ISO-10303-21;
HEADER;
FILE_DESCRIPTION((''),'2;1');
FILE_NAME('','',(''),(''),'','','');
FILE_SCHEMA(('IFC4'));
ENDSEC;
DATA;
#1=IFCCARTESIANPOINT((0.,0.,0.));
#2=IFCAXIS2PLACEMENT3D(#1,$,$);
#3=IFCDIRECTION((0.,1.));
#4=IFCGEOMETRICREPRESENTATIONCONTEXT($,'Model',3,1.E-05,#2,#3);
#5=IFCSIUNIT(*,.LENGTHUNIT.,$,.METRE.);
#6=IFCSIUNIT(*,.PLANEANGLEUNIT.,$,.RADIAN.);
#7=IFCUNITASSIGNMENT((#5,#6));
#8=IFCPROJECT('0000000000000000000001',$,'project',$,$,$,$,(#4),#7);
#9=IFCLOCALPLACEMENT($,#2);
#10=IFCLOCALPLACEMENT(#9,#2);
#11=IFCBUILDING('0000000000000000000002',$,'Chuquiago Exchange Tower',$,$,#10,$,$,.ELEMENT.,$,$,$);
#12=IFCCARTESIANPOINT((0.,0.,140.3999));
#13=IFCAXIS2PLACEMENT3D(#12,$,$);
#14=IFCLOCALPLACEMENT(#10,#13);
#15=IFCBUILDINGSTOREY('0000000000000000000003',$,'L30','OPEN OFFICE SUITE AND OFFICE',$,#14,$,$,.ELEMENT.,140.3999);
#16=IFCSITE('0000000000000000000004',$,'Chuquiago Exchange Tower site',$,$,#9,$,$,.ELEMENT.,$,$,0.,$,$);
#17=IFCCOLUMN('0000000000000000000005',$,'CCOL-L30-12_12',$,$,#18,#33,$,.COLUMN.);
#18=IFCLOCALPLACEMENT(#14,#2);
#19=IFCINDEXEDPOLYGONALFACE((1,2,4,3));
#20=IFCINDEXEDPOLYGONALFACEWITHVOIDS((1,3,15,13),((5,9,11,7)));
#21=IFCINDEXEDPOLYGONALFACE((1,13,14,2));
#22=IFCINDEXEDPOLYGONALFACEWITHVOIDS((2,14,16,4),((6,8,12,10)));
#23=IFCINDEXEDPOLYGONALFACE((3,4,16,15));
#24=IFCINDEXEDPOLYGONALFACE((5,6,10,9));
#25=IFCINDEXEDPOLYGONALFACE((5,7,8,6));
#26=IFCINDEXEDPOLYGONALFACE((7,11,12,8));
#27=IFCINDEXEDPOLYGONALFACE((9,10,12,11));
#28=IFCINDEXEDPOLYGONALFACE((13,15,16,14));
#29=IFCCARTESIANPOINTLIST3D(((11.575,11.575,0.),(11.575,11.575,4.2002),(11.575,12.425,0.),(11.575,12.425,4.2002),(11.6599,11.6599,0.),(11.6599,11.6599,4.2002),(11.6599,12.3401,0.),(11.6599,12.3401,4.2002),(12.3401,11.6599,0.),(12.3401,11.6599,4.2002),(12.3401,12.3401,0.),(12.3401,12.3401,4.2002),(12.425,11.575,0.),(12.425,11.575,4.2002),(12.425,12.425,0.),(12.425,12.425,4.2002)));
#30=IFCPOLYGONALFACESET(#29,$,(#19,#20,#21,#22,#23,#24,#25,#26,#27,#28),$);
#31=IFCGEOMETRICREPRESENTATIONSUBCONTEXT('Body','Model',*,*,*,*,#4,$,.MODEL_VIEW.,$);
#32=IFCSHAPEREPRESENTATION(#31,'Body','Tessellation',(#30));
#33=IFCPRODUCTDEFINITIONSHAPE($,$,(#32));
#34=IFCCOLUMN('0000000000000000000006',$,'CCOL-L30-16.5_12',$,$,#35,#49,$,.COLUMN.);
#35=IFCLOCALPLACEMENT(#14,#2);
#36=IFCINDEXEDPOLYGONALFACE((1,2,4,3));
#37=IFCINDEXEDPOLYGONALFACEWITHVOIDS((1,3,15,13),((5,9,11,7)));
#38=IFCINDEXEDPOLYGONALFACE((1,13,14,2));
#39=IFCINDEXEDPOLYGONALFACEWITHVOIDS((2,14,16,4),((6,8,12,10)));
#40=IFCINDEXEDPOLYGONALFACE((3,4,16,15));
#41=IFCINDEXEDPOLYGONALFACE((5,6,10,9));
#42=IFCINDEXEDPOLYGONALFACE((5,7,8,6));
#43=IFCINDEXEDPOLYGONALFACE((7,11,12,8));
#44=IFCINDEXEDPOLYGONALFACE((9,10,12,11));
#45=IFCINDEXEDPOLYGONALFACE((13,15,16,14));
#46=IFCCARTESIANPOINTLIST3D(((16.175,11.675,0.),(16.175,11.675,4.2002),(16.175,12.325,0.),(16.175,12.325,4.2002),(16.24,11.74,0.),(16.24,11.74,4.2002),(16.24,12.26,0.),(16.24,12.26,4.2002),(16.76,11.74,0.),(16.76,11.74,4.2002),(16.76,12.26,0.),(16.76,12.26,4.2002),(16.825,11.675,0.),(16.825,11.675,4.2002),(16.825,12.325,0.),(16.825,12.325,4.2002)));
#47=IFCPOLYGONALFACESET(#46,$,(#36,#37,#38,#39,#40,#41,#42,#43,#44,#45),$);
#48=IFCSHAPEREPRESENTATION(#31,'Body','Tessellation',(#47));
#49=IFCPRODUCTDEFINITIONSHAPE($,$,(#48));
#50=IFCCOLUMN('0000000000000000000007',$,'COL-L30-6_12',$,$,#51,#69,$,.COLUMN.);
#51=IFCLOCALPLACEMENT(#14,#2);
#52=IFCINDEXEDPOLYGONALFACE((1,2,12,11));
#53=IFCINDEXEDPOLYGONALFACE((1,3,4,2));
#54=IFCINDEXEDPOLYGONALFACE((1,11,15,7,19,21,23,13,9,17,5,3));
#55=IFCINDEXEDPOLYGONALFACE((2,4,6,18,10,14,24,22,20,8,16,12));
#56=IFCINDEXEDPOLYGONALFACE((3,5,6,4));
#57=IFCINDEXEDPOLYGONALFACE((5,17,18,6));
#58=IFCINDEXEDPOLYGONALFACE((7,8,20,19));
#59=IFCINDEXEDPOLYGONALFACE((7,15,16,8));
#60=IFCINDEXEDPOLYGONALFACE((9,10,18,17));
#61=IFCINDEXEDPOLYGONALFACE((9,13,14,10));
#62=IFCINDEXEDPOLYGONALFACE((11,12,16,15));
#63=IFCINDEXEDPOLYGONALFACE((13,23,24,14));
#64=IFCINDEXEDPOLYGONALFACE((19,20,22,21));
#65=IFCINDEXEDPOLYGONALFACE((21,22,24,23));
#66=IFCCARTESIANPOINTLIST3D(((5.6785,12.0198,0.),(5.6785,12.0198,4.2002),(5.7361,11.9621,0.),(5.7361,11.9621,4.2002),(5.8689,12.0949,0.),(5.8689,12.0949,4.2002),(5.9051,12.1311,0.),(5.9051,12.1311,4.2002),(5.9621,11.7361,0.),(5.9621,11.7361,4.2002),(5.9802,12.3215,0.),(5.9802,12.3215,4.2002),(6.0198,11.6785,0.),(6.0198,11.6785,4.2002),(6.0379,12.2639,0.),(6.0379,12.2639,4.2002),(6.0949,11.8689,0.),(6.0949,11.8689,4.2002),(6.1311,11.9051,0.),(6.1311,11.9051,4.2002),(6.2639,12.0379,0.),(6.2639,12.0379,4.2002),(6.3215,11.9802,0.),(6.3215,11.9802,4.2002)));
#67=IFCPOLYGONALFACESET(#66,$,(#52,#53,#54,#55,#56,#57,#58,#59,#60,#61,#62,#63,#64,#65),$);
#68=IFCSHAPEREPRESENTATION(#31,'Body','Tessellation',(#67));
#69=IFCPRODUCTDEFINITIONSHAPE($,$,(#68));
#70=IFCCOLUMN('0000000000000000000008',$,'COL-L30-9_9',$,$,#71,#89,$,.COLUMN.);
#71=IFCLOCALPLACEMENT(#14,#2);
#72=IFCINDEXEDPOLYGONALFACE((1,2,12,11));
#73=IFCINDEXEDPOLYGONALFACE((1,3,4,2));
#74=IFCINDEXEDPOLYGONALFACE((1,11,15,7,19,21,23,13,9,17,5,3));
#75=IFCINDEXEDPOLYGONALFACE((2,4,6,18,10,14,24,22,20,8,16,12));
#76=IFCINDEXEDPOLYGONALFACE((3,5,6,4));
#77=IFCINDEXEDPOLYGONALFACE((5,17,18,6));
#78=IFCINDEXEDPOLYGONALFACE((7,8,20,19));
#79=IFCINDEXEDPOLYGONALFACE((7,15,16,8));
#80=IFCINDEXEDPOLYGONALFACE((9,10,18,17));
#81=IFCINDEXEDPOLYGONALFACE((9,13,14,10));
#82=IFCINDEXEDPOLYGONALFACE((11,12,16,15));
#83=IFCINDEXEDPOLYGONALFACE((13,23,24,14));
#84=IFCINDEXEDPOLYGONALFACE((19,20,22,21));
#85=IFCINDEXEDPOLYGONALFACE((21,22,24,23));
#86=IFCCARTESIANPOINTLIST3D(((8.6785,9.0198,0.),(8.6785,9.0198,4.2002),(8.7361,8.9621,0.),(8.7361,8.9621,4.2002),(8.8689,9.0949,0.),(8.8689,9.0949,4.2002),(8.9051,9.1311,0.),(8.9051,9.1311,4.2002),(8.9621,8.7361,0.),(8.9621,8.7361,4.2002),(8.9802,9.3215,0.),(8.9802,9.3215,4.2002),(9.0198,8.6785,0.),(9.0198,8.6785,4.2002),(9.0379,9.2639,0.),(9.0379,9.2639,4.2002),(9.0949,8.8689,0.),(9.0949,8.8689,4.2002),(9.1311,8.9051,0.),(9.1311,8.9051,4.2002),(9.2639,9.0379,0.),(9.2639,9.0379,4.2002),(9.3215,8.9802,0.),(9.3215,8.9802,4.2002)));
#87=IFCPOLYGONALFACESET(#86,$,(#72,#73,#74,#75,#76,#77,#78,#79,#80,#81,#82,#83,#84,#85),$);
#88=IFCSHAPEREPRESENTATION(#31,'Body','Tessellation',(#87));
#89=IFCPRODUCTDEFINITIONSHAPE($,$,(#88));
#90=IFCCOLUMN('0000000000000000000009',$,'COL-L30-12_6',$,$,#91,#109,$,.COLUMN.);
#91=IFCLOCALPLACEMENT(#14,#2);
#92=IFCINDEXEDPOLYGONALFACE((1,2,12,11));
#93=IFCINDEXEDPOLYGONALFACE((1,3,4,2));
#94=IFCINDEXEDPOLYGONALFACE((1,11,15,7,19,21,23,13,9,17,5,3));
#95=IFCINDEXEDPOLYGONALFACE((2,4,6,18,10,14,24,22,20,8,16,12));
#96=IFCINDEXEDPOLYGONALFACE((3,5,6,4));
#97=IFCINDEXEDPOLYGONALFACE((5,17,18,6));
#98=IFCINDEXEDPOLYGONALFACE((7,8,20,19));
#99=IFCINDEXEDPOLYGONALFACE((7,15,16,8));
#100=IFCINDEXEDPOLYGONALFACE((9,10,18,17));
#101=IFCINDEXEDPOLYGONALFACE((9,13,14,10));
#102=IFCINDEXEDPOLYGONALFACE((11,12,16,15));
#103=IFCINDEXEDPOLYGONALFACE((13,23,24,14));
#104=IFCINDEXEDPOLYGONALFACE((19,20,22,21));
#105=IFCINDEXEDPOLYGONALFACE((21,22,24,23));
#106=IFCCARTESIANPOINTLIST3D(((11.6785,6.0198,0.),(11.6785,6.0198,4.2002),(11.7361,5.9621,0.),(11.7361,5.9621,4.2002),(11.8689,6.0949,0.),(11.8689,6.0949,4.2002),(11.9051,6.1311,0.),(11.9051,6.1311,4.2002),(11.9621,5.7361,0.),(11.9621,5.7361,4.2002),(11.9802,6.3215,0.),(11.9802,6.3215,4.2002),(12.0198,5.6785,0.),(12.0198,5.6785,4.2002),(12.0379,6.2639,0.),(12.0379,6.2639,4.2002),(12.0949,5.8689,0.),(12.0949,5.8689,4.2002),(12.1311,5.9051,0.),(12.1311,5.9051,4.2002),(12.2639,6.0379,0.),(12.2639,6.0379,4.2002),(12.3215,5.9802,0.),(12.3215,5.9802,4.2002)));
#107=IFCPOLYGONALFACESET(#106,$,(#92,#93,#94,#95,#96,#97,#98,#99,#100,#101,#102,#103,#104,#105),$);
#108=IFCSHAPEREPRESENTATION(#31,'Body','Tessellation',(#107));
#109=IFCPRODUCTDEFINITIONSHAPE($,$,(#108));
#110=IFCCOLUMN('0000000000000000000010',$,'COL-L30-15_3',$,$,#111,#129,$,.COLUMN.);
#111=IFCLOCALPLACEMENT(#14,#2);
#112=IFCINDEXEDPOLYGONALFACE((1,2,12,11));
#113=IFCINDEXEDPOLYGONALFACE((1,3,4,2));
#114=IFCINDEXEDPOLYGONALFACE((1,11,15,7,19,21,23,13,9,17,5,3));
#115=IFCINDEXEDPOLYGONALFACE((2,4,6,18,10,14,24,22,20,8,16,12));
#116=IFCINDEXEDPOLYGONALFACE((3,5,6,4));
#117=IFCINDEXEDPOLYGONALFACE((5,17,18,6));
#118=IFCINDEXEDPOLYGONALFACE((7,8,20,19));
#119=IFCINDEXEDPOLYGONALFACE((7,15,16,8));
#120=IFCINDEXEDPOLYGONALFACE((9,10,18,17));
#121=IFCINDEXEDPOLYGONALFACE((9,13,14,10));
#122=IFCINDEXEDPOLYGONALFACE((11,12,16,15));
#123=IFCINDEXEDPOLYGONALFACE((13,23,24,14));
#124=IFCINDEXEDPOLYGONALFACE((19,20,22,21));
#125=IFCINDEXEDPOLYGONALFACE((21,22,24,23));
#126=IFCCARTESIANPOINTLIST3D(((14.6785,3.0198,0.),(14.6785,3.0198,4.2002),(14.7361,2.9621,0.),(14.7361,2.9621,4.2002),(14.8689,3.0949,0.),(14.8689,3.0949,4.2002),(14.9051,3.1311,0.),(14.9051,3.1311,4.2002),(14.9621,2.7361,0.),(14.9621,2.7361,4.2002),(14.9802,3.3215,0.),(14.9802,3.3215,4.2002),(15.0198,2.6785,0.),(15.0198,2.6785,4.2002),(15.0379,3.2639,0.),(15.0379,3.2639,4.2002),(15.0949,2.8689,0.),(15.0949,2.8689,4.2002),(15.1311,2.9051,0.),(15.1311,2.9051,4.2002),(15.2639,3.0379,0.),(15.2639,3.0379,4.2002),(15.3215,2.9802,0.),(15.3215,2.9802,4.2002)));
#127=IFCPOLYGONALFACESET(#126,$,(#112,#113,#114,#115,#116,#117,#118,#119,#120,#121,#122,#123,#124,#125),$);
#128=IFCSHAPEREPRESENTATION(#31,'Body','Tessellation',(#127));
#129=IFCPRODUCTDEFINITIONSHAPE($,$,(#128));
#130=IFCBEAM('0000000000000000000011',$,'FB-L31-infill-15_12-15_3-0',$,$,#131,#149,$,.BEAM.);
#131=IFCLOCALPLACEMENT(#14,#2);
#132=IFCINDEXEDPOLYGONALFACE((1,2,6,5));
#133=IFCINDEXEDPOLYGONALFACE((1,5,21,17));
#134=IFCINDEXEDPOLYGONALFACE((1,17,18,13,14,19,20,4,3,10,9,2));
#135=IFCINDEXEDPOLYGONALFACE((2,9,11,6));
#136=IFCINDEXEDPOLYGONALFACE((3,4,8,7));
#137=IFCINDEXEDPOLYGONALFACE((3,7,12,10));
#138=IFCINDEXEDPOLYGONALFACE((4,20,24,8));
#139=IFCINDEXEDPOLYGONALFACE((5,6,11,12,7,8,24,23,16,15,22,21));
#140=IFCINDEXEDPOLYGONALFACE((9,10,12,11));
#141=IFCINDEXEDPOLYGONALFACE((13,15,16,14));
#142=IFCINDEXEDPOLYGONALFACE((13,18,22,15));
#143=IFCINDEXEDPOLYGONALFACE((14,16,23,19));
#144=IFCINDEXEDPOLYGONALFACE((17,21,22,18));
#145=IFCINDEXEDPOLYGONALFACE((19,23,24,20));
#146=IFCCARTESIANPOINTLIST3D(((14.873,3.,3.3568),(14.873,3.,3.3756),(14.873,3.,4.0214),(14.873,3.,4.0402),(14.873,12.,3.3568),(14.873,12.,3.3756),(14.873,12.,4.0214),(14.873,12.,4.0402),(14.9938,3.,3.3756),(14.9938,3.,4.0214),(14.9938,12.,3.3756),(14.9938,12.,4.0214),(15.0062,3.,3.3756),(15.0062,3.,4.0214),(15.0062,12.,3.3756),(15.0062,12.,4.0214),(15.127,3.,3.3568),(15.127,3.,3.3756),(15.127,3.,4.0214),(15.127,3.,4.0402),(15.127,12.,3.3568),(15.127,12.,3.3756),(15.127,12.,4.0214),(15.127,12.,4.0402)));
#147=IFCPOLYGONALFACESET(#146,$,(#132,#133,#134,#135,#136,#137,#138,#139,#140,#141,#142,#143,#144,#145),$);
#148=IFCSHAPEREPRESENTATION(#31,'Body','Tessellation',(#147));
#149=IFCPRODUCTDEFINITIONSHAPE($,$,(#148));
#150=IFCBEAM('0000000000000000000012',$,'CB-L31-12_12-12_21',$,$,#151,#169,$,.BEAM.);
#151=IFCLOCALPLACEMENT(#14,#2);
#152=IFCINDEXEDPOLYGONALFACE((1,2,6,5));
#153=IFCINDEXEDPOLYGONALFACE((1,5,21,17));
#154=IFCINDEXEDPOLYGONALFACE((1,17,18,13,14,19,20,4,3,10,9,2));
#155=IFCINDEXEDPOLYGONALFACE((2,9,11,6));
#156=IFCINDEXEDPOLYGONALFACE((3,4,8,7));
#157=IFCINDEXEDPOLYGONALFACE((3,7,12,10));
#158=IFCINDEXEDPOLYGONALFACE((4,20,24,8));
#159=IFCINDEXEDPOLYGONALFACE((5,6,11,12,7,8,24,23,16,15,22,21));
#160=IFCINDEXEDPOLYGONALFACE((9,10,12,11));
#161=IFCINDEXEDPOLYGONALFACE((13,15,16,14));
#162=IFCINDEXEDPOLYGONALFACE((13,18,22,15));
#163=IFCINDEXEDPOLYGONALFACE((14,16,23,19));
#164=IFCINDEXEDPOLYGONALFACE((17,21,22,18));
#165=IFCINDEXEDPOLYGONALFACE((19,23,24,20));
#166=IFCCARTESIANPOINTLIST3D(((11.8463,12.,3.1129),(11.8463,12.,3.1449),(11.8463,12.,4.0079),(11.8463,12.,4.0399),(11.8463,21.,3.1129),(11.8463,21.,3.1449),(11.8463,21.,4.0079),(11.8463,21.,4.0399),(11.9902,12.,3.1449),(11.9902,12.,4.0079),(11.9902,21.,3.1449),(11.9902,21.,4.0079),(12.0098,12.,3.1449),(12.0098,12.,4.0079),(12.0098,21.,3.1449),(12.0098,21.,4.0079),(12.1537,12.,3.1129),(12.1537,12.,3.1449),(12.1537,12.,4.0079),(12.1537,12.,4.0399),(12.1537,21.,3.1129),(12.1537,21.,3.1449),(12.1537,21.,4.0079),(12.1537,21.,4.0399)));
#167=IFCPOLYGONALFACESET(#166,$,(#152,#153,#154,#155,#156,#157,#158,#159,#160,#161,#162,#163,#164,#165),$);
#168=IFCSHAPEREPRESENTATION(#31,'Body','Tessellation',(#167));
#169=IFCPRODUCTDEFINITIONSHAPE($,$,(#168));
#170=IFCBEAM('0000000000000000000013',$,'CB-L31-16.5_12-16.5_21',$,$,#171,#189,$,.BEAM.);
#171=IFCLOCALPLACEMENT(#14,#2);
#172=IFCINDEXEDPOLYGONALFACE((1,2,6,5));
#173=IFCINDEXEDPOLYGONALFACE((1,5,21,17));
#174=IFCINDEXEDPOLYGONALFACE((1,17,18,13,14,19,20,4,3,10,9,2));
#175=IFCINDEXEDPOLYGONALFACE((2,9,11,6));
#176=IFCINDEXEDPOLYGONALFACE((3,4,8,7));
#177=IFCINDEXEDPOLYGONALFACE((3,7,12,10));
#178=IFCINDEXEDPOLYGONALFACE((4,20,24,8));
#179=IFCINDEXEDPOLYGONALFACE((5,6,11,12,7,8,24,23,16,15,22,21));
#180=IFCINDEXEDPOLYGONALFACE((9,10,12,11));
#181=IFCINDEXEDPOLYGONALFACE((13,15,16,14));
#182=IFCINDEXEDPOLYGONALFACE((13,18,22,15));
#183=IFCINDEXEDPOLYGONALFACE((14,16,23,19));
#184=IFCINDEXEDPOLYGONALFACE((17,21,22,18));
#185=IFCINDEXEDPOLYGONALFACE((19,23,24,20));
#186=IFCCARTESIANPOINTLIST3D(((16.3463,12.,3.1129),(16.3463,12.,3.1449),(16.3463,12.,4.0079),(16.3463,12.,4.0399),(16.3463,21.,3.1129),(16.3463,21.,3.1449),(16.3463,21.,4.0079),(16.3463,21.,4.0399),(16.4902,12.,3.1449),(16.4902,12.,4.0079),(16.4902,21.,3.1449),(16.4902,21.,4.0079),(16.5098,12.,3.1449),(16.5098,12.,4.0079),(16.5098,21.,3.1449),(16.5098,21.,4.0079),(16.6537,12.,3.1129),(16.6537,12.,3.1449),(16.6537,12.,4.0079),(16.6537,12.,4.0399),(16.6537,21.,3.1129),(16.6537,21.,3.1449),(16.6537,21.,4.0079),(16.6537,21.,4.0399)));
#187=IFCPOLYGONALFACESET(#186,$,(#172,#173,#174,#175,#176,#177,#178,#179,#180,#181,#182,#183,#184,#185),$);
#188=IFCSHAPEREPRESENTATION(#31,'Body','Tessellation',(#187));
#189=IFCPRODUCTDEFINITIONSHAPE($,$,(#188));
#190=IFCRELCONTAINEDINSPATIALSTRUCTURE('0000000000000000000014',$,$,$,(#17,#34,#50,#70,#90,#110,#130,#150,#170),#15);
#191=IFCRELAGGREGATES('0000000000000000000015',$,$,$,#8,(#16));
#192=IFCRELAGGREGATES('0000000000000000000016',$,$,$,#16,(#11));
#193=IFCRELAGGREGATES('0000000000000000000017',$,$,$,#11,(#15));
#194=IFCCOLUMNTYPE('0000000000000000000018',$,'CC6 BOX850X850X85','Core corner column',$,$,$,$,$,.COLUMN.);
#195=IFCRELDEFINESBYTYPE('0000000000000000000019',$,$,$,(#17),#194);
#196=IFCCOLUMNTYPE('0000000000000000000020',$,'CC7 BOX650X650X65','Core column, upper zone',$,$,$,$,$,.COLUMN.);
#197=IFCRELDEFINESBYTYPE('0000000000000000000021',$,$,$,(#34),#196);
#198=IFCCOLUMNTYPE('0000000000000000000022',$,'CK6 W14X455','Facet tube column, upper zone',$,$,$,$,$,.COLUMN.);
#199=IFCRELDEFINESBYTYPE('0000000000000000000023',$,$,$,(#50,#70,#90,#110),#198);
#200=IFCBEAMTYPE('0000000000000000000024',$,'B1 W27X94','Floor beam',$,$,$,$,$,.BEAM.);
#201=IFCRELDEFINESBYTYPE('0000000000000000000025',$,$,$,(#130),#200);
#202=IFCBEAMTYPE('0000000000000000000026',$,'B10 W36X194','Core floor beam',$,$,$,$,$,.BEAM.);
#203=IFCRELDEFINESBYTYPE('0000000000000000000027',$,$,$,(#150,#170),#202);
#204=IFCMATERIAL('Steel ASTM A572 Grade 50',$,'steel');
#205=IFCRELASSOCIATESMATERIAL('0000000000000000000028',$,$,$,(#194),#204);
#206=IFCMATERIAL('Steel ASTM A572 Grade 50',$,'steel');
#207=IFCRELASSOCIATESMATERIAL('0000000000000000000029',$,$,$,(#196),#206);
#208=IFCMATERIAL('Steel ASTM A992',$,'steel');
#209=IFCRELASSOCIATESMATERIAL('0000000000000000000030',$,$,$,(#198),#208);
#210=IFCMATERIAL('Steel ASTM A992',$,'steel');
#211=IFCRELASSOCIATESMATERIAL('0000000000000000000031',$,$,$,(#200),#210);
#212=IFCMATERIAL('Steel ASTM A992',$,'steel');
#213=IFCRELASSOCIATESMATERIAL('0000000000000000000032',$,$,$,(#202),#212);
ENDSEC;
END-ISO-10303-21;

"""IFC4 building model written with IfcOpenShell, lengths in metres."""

from ifc_helpers import new_model, si_unit, direction, frame, origin, origin_2d, place, context, subcontext, project, spatial, hollow_rectangle, i_section, extrude, material, material_profile, profile_set, type_object, element, save


model = new_model("IFC4")

# Units and contexts
model_context = context("Model", 3, precision=1e-05, world=origin(), true_north=direction((0.0, 1.0)))
body_context = subcontext(model_context, "Body", "Model", "MODEL_VIEW")
ifc_project = project(units=[si_unit("LENGTHUNIT", "METRE"), si_unit("PLANEANGLEUNIT", "RADIAN")], contexts=[model_context])

# Site, building, storey
site_placement = place(None, origin())
site = spatial("IfcSite", under=ifc_project, at=site_placement, Name="Chuquiago Exchange Tower site", CompositionType="ELEMENT", RefElevation=0.0)
building_placement = place(site_placement, origin())
building = spatial("IfcBuilding", under=site, at=building_placement, Name="Chuquiago Exchange Tower", CompositionType="ELEMENT")
storey_placement = place(building_placement, frame((0.0, 0.0, 140.3999)))
storey = spatial("IfcBuildingStorey", under=building, at=storey_placement, Name="L30", Description="OPEN OFFICE SUITE AND OFFICE", CompositionType="ELEMENT", Elevation=140.3999)

# Columns
ifc_material_1 = material(Name="Steel ASTM A572 Grade 50", Category="steel")
ifc_material_profile_1 = material_profile(ifc_material_1, hollow_rectangle(XDim=0.8501, YDim=0.8501, WallThickness=0.085, at=origin_2d()), Name="BOX850X850X85")
ifc_profile_set_1 = profile_set([ifc_material_profile_1], Name="Steel ASTM A572 Grade 50")
column_type_1 = type_object("IfcColumnType", Name="CC6 BOX850X850X85", Description="Core corner column", PredefinedType="COLUMN", material=ifc_profile_set_1)
column_1_placement = place(storey_placement, frame((12.0, 12.0, 0.0), z_axis=(0.0, 0.0, 1.0), x_axis=(1.0, 0.0, 0.0)))
element("IfcColumn", 1, at=column_1_placement, inside=storey, type_object=column_type_1, Name="CCOL-L30-12_12", PredefinedType="COLUMN", context=body_context, shape_type="SweptSolid", body=[
    extrude(hollow_rectangle(XDim=0.8501, YDim=0.8501, WallThickness=0.085, at=origin_2d()), origin(), (0.0, 0.0, 1.0), 4.2002),
])
ifc_material_2 = material(Name="Steel ASTM A572 Grade 50", Category="steel")
ifc_material_profile_2 = material_profile(ifc_material_2, hollow_rectangle(XDim=0.6499, YDim=0.6499, WallThickness=0.0649, at=origin_2d()), Name="BOX650X650X65")
ifc_profile_set_2 = profile_set([ifc_material_profile_2], Name="Steel ASTM A572 Grade 50")
column_type_2 = type_object("IfcColumnType", Name="CC7 BOX650X650X65", Description="Core column, upper zone", PredefinedType="COLUMN", material=ifc_profile_set_2)
column_2_placement = place(storey_placement, frame((16.5, 12.0, 0.0), z_axis=(0.0, 0.0, 1.0), x_axis=(1.0, 0.0, 0.0)))
element("IfcColumn", 2, at=column_2_placement, inside=storey, type_object=column_type_2, Name="CCOL-L30-16.5_12", PredefinedType="COLUMN", context=body_context, shape_type="SweptSolid", body=[
    extrude(hollow_rectangle(XDim=0.6499, YDim=0.6499, WallThickness=0.0649, at=origin_2d()), origin(), (0.0, 0.0, 1.0), 4.2002),
])
ifc_material_3 = material(Name="Steel ASTM A992", Category="steel")
ifc_material_profile_3 = material_profile(ifc_material_3, i_section(OverallWidth=0.4268, OverallDepth=0.4827, WebThickness=0.0513, FlangeThickness=0.0815, at=origin_2d()), Name="W14X455")
ifc_profile_set_3 = profile_set([ifc_material_profile_3], Name="Steel ASTM A992")
column_type_3 = type_object("IfcColumnType", Name="CK6 W14X455", Description="Facet tube column, upper zone", PredefinedType="COLUMN", material=ifc_profile_set_3)
for number, where, z_axis, x_axis, name in (
    (3, (6.0, 12.0, 0.0), (0.0, 0.0, 1.0), (-0.707107, -0.707107, 0.0), "COL-L30-6_12"),
    (4, (9.0, 9.0, 0.0), (0.0, 0.0, 1.0), (-0.707107, -0.707107, 0.0), "COL-L30-9_9"),
    (5, (12.0, 6.0, 0.0), (0.0, 0.0, 1.0), (-0.707107, -0.707107, 0.0), "COL-L30-12_6"),
    (6, (15.0, 3.0, 0.0), (0.0, 0.0, 1.0), (-0.707107, -0.707107, 0.0), "COL-L30-15_3"),
):
    element("IfcColumn", number, at=place(storey_placement, frame(where, z_axis=z_axis, x_axis=x_axis)), inside=storey, type_object=column_type_3, Name=name, PredefinedType="COLUMN", context=body_context, shape_type="SweptSolid", body=[
        extrude(i_section(OverallWidth=0.4268, OverallDepth=0.4827, WebThickness=0.0513, FlangeThickness=0.0815, at=origin_2d()), origin(), (0.0, 0.0, 1.0), 4.2002),
    ])

# Beams
ifc_material_4 = material(Name="Steel ASTM A992", Category="steel")
ifc_material_profile_4 = material_profile(ifc_material_4, i_section(OverallWidth=0.2539, OverallDepth=0.6833, WebThickness=0.0125, FlangeThickness=0.0188, at=origin_2d()), Name="W27X94")
ifc_profile_set_4 = profile_set([ifc_material_profile_4], Name="Steel ASTM A992")
beam_type_1 = type_object("IfcBeamType", Name="B1 W27X94", Description="Floor beam", PredefinedType="BEAM", material=ifc_profile_set_4)
beam_1_placement = place(storey_placement, frame((15.0, 12.0, 3.6985), z_axis=(0.0, -1.0, 0.0), x_axis=(1.0, 0.0, 0.0)))
element("IfcBeam", 7, at=beam_1_placement, inside=storey, type_object=beam_type_1, Name="FB-L31-infill-15_12-15_3-0", PredefinedType="BEAM", context=body_context, shape_type="SweptSolid", body=[
    extrude(i_section(OverallWidth=0.2539, OverallDepth=0.6833, WebThickness=0.0125, FlangeThickness=0.0188, at=origin_2d()), origin(), (0.0, 0.0, 1.0), 9.0),
])
ifc_material_5 = material(Name="Steel ASTM A992", Category="steel")
ifc_material_profile_5 = material_profile(ifc_material_5, i_section(OverallWidth=0.3074, OverallDepth=0.927, WebThickness=0.0195, FlangeThickness=0.032, at=origin_2d()), Name="W36X194")
ifc_profile_set_5 = profile_set([ifc_material_profile_5], Name="Steel ASTM A992")
beam_type_2 = type_object("IfcBeamType", Name="B10 W36X194", Description="Core floor beam", PredefinedType="BEAM", material=ifc_profile_set_5)
for number, where, z_axis, x_axis, name in (
    (8, (12.0, 12.0, 3.5764), (0.0, 1.0, 0.0), (-1.0, 0.0, 0.0), "CB-L31-12_12-12_21"),
    (9, (16.5, 12.0, 3.5764), (0.0, 1.0, 0.0), (-1.0, 0.0, 0.0), "CB-L31-16.5_12-16.5_21"),
):
    element("IfcBeam", number, at=place(storey_placement, frame(where, z_axis=z_axis, x_axis=x_axis)), inside=storey, type_object=beam_type_2, Name=name, PredefinedType="BEAM", context=body_context, shape_type="SweptSolid", body=[
        extrude(i_section(OverallWidth=0.3074, OverallDepth=0.927, WebThickness=0.0195, FlangeThickness=0.032, at=origin_2d()), origin(), (0.0, 0.0, 1.0), 9.0),
    ])

save(model, "model.ifc")
